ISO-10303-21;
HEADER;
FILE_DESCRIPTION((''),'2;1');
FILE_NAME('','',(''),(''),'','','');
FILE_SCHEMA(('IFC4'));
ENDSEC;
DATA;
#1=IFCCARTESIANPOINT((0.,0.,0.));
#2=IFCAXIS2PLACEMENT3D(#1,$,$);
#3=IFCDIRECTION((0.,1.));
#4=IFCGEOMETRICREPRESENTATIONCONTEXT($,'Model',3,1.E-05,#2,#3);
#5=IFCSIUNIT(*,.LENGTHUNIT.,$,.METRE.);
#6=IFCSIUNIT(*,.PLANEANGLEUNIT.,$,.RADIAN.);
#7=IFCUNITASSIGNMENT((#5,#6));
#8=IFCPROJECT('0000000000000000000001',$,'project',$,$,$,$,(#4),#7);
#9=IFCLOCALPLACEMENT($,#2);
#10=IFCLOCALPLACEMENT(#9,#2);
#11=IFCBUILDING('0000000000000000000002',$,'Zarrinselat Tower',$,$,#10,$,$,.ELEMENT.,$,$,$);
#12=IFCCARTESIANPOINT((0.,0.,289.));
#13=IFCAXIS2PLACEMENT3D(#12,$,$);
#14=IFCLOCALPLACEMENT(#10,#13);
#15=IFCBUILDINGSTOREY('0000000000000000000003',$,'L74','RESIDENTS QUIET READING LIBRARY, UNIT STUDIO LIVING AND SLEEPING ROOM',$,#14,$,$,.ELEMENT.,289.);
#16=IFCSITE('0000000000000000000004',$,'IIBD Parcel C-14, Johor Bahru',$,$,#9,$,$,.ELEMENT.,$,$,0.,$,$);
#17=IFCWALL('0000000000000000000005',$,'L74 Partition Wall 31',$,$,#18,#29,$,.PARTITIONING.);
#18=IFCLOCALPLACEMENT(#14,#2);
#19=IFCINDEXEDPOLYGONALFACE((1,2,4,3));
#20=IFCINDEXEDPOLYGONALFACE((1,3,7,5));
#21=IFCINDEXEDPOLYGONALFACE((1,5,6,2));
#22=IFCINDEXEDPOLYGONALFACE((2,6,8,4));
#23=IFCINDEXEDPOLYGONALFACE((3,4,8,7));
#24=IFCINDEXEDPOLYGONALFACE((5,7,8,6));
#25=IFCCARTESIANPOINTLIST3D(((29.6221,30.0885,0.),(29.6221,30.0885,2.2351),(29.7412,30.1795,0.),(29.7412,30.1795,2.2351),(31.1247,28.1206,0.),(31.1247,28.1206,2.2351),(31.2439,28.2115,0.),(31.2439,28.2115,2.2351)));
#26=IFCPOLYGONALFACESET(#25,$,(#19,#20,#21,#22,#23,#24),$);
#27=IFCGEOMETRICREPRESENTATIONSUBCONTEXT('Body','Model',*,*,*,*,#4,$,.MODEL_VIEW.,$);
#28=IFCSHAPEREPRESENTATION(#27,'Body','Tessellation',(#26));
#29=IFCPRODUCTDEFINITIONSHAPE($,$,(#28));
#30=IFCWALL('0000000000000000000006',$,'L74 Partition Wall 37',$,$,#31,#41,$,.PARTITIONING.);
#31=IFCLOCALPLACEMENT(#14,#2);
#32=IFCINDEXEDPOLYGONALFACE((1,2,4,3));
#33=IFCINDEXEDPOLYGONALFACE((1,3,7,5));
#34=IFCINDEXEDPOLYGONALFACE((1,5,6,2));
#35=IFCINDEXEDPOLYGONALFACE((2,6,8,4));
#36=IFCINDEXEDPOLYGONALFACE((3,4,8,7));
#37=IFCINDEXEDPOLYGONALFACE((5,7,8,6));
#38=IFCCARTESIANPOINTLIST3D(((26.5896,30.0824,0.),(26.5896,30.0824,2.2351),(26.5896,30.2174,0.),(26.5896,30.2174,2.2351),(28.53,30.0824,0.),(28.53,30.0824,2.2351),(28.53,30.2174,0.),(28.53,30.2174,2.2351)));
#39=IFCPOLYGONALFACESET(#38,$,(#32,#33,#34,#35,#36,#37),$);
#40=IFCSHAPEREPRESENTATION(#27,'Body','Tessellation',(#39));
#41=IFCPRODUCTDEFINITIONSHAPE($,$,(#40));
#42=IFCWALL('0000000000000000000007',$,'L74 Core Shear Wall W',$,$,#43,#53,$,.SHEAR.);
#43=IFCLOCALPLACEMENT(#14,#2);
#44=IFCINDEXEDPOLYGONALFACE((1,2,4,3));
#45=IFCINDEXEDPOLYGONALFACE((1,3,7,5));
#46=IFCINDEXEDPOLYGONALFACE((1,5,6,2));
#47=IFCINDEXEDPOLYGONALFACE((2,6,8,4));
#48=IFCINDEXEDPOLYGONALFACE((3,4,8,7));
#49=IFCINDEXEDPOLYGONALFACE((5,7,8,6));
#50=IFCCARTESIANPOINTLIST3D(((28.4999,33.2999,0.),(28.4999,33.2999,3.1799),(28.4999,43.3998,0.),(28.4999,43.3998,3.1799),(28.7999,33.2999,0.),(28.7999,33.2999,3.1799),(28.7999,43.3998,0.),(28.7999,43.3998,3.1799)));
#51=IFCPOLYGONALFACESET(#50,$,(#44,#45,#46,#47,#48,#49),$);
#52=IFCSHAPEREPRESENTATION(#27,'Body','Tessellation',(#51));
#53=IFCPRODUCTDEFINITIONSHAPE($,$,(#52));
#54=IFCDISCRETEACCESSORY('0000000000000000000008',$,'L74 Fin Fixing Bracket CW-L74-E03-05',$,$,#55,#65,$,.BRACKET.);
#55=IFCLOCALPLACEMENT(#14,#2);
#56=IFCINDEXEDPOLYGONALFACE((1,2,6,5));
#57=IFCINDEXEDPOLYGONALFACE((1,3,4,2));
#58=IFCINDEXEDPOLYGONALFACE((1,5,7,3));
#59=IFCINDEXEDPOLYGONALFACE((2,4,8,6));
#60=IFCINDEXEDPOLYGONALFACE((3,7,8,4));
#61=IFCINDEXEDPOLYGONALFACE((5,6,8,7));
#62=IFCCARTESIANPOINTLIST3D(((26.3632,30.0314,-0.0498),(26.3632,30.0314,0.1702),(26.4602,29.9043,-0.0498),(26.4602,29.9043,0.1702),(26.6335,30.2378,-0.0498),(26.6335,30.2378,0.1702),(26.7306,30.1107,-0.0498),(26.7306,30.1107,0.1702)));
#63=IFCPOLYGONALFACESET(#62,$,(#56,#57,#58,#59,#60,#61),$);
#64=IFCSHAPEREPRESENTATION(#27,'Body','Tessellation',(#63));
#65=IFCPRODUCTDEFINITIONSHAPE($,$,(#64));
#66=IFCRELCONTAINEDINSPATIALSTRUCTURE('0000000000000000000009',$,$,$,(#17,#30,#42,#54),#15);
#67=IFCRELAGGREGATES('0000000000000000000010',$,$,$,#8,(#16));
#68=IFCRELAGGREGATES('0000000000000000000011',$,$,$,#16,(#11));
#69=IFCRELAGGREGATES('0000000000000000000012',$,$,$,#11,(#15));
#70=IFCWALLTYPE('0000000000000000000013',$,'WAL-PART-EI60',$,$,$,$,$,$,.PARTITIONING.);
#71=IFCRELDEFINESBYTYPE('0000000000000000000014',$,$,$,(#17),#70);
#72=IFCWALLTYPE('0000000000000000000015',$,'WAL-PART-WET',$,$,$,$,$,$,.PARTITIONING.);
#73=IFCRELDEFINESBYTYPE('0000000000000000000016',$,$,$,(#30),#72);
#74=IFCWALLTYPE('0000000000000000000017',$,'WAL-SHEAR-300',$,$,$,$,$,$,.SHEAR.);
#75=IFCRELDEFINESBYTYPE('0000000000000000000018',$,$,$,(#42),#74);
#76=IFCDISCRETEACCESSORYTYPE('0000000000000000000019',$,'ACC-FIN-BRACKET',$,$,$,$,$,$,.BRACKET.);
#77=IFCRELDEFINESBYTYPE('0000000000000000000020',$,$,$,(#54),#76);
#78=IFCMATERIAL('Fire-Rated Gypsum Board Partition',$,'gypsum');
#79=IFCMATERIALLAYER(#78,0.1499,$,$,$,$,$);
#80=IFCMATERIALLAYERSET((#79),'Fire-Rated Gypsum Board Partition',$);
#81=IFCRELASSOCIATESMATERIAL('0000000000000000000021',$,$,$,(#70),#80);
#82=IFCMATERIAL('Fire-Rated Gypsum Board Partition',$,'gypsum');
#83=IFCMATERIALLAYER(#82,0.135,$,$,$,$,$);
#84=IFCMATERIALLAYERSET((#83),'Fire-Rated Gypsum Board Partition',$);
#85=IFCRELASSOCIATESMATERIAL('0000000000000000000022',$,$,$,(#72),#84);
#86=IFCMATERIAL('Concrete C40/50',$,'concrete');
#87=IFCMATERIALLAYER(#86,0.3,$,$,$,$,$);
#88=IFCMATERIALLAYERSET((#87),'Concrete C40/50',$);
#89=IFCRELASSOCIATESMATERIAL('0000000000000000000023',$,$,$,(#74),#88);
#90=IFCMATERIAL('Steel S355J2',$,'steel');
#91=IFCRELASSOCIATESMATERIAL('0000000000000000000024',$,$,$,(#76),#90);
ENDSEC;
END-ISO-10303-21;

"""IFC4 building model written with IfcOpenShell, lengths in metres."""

from ifc_helpers import new_model, si_unit, direction, frame, frame_2d, origin, origin_2d, place, context, subcontext, project, spatial, rectangle, extrude, material, layer, layer_set, type_object, element, save


model = new_model("IFC4")

# Units and contexts
model_context = context("Model", 3, precision=1e-05, world=origin(), true_north=direction((0.0, 1.0)))
body_context = subcontext(model_context, "Body", "Model", "MODEL_VIEW")
ifc_project = project(units=[si_unit("LENGTHUNIT", "METRE"), si_unit("PLANEANGLEUNIT", "RADIAN")], contexts=[model_context])

# Site, building, storey
site_placement = place(None, origin())
site = spatial("IfcSite", under=ifc_project, at=site_placement, Name="IIBD Parcel C-14, Johor Bahru", CompositionType="ELEMENT", RefElevation=0.0)
building_placement = place(site_placement, origin())
building = spatial("IfcBuilding", under=site, at=building_placement, Name="Zarrinselat Tower", CompositionType="ELEMENT")
storey_placement = place(building_placement, frame((0.0, 0.0, 289.0)))
storey = spatial("IfcBuildingStorey", under=building, at=storey_placement, Name="L74", Description="RESIDENTS QUIET READING LIBRARY, UNIT STUDIO LIVING AND SLEEPING ROOM", CompositionType="ELEMENT", Elevation=289.0)

# Shared definitions
ifc_material_1 = material(Name="Fire-Rated Gypsum Board Partition", Category="gypsum")
ifc_layer_1 = layer(ifc_material_1, 0.1499)
ifc_layer_set_1 = layer_set([ifc_layer_1], Name="Fire-Rated Gypsum Board Partition")
wall_type_1 = type_object("IfcWallType", Name="WAL-PART-EI60", PredefinedType="PARTITIONING", material=ifc_layer_set_1)

# Walls
wall_1_placement = place(storey_placement, frame((29.6816, 30.134, 0.0), z_axis=(0.0, 0.0, 1.0), x_axis=(0.606872, -0.7948, 0.0)))
element("IfcWall", 1, at=wall_1_placement, inside=storey, type_object=wall_type_1, Name="L74 Partition Wall 31", PredefinedType="PARTITIONING", context=body_context, shape_type="SweptSolid", body=[
    extrude(rectangle(XDim=2.4761, YDim=0.1499, at=frame_2d((1.238, 0.0))), origin(), (0.0, 0.0, 1.0), 2.2351),
])
ifc_material_2 = material(Name="Fire-Rated Gypsum Board Partition", Category="gypsum")
ifc_layer_2 = layer(ifc_material_2, 0.135)
ifc_layer_set_2 = layer_set([ifc_layer_2], Name="Fire-Rated Gypsum Board Partition")
wall_type_2 = type_object("IfcWallType", Name="WAL-PART-WET", PredefinedType="PARTITIONING", material=ifc_layer_set_2)
wall_2_placement = place(storey_placement, frame((26.5896, 30.1499, 0.0), z_axis=(0.0, 0.0, 1.0), x_axis=(1.0, 0.0, 0.0)))
element("IfcWall", 2, at=wall_2_placement, inside=storey, type_object=wall_type_2, Name="L74 Partition Wall 37", PredefinedType="PARTITIONING", context=body_context, shape_type="SweptSolid", body=[
    extrude(rectangle(XDim=1.9404, YDim=0.135, at=frame_2d((0.9702, 0.0))), origin(), (0.0, 0.0, 1.0), 2.2351),
])

# Shared definitions
ifc_material_3 = material(Name="Concrete C40/50", Category="concrete")
ifc_layer_3 = layer(ifc_material_3, 0.3)
ifc_layer_set_3 = layer_set([ifc_layer_3], Name="Concrete C40/50")
wall_type_3 = type_object("IfcWallType", Name="WAL-SHEAR-300", PredefinedType="SHEAR", material=ifc_layer_set_3)

# Wall
wall_3_placement = place(storey_placement, frame((28.6499, 33.3, 0.0), z_axis=(0.0, 0.0, 1.0), x_axis=(0.0, 1.0, 0.0)))
element("IfcWall", 3, at=wall_3_placement, inside=storey, type_object=wall_type_3, Name="L74 Core Shear Wall W", PredefinedType="SHEAR", context=body_context, shape_type="SweptSolid", body=[
    extrude(rectangle(XDim=10.0999, YDim=0.3, at=frame_2d((5.0498, 0.0))), origin(), (0.0, 0.0, 1.0), 3.1799),
])

# Discrete accessory
ifc_material_4 = material(Name="Steel S355J2", Category="steel")
discrete_accessory_type = type_object("IfcDiscreteAccessoryType", Name="ACC-FIN-BRACKET", PredefinedType="BRACKET", material=ifc_material_4)
discrete_accessory_placement = place(storey_placement, frame((26.5469, 30.071, -0.0498), z_axis=(0.0, 0.0, 1.0), x_axis=(-0.794853, -0.606802, 0.0)))
element("IfcDiscreteAccessory", 4, at=discrete_accessory_placement, inside=storey, type_object=discrete_accessory_type, Name="L74 Fin Fixing Bracket CW-L74-E03-05", PredefinedType="BRACKET", context=body_context, shape_type="SweptSolid", body=[
    extrude(rectangle(XDim=0.3401, YDim=0.1599, at=origin_2d()), origin(), (0.0, 0.0, 1.0), 0.22),
])

save(model, "model.ifc")
